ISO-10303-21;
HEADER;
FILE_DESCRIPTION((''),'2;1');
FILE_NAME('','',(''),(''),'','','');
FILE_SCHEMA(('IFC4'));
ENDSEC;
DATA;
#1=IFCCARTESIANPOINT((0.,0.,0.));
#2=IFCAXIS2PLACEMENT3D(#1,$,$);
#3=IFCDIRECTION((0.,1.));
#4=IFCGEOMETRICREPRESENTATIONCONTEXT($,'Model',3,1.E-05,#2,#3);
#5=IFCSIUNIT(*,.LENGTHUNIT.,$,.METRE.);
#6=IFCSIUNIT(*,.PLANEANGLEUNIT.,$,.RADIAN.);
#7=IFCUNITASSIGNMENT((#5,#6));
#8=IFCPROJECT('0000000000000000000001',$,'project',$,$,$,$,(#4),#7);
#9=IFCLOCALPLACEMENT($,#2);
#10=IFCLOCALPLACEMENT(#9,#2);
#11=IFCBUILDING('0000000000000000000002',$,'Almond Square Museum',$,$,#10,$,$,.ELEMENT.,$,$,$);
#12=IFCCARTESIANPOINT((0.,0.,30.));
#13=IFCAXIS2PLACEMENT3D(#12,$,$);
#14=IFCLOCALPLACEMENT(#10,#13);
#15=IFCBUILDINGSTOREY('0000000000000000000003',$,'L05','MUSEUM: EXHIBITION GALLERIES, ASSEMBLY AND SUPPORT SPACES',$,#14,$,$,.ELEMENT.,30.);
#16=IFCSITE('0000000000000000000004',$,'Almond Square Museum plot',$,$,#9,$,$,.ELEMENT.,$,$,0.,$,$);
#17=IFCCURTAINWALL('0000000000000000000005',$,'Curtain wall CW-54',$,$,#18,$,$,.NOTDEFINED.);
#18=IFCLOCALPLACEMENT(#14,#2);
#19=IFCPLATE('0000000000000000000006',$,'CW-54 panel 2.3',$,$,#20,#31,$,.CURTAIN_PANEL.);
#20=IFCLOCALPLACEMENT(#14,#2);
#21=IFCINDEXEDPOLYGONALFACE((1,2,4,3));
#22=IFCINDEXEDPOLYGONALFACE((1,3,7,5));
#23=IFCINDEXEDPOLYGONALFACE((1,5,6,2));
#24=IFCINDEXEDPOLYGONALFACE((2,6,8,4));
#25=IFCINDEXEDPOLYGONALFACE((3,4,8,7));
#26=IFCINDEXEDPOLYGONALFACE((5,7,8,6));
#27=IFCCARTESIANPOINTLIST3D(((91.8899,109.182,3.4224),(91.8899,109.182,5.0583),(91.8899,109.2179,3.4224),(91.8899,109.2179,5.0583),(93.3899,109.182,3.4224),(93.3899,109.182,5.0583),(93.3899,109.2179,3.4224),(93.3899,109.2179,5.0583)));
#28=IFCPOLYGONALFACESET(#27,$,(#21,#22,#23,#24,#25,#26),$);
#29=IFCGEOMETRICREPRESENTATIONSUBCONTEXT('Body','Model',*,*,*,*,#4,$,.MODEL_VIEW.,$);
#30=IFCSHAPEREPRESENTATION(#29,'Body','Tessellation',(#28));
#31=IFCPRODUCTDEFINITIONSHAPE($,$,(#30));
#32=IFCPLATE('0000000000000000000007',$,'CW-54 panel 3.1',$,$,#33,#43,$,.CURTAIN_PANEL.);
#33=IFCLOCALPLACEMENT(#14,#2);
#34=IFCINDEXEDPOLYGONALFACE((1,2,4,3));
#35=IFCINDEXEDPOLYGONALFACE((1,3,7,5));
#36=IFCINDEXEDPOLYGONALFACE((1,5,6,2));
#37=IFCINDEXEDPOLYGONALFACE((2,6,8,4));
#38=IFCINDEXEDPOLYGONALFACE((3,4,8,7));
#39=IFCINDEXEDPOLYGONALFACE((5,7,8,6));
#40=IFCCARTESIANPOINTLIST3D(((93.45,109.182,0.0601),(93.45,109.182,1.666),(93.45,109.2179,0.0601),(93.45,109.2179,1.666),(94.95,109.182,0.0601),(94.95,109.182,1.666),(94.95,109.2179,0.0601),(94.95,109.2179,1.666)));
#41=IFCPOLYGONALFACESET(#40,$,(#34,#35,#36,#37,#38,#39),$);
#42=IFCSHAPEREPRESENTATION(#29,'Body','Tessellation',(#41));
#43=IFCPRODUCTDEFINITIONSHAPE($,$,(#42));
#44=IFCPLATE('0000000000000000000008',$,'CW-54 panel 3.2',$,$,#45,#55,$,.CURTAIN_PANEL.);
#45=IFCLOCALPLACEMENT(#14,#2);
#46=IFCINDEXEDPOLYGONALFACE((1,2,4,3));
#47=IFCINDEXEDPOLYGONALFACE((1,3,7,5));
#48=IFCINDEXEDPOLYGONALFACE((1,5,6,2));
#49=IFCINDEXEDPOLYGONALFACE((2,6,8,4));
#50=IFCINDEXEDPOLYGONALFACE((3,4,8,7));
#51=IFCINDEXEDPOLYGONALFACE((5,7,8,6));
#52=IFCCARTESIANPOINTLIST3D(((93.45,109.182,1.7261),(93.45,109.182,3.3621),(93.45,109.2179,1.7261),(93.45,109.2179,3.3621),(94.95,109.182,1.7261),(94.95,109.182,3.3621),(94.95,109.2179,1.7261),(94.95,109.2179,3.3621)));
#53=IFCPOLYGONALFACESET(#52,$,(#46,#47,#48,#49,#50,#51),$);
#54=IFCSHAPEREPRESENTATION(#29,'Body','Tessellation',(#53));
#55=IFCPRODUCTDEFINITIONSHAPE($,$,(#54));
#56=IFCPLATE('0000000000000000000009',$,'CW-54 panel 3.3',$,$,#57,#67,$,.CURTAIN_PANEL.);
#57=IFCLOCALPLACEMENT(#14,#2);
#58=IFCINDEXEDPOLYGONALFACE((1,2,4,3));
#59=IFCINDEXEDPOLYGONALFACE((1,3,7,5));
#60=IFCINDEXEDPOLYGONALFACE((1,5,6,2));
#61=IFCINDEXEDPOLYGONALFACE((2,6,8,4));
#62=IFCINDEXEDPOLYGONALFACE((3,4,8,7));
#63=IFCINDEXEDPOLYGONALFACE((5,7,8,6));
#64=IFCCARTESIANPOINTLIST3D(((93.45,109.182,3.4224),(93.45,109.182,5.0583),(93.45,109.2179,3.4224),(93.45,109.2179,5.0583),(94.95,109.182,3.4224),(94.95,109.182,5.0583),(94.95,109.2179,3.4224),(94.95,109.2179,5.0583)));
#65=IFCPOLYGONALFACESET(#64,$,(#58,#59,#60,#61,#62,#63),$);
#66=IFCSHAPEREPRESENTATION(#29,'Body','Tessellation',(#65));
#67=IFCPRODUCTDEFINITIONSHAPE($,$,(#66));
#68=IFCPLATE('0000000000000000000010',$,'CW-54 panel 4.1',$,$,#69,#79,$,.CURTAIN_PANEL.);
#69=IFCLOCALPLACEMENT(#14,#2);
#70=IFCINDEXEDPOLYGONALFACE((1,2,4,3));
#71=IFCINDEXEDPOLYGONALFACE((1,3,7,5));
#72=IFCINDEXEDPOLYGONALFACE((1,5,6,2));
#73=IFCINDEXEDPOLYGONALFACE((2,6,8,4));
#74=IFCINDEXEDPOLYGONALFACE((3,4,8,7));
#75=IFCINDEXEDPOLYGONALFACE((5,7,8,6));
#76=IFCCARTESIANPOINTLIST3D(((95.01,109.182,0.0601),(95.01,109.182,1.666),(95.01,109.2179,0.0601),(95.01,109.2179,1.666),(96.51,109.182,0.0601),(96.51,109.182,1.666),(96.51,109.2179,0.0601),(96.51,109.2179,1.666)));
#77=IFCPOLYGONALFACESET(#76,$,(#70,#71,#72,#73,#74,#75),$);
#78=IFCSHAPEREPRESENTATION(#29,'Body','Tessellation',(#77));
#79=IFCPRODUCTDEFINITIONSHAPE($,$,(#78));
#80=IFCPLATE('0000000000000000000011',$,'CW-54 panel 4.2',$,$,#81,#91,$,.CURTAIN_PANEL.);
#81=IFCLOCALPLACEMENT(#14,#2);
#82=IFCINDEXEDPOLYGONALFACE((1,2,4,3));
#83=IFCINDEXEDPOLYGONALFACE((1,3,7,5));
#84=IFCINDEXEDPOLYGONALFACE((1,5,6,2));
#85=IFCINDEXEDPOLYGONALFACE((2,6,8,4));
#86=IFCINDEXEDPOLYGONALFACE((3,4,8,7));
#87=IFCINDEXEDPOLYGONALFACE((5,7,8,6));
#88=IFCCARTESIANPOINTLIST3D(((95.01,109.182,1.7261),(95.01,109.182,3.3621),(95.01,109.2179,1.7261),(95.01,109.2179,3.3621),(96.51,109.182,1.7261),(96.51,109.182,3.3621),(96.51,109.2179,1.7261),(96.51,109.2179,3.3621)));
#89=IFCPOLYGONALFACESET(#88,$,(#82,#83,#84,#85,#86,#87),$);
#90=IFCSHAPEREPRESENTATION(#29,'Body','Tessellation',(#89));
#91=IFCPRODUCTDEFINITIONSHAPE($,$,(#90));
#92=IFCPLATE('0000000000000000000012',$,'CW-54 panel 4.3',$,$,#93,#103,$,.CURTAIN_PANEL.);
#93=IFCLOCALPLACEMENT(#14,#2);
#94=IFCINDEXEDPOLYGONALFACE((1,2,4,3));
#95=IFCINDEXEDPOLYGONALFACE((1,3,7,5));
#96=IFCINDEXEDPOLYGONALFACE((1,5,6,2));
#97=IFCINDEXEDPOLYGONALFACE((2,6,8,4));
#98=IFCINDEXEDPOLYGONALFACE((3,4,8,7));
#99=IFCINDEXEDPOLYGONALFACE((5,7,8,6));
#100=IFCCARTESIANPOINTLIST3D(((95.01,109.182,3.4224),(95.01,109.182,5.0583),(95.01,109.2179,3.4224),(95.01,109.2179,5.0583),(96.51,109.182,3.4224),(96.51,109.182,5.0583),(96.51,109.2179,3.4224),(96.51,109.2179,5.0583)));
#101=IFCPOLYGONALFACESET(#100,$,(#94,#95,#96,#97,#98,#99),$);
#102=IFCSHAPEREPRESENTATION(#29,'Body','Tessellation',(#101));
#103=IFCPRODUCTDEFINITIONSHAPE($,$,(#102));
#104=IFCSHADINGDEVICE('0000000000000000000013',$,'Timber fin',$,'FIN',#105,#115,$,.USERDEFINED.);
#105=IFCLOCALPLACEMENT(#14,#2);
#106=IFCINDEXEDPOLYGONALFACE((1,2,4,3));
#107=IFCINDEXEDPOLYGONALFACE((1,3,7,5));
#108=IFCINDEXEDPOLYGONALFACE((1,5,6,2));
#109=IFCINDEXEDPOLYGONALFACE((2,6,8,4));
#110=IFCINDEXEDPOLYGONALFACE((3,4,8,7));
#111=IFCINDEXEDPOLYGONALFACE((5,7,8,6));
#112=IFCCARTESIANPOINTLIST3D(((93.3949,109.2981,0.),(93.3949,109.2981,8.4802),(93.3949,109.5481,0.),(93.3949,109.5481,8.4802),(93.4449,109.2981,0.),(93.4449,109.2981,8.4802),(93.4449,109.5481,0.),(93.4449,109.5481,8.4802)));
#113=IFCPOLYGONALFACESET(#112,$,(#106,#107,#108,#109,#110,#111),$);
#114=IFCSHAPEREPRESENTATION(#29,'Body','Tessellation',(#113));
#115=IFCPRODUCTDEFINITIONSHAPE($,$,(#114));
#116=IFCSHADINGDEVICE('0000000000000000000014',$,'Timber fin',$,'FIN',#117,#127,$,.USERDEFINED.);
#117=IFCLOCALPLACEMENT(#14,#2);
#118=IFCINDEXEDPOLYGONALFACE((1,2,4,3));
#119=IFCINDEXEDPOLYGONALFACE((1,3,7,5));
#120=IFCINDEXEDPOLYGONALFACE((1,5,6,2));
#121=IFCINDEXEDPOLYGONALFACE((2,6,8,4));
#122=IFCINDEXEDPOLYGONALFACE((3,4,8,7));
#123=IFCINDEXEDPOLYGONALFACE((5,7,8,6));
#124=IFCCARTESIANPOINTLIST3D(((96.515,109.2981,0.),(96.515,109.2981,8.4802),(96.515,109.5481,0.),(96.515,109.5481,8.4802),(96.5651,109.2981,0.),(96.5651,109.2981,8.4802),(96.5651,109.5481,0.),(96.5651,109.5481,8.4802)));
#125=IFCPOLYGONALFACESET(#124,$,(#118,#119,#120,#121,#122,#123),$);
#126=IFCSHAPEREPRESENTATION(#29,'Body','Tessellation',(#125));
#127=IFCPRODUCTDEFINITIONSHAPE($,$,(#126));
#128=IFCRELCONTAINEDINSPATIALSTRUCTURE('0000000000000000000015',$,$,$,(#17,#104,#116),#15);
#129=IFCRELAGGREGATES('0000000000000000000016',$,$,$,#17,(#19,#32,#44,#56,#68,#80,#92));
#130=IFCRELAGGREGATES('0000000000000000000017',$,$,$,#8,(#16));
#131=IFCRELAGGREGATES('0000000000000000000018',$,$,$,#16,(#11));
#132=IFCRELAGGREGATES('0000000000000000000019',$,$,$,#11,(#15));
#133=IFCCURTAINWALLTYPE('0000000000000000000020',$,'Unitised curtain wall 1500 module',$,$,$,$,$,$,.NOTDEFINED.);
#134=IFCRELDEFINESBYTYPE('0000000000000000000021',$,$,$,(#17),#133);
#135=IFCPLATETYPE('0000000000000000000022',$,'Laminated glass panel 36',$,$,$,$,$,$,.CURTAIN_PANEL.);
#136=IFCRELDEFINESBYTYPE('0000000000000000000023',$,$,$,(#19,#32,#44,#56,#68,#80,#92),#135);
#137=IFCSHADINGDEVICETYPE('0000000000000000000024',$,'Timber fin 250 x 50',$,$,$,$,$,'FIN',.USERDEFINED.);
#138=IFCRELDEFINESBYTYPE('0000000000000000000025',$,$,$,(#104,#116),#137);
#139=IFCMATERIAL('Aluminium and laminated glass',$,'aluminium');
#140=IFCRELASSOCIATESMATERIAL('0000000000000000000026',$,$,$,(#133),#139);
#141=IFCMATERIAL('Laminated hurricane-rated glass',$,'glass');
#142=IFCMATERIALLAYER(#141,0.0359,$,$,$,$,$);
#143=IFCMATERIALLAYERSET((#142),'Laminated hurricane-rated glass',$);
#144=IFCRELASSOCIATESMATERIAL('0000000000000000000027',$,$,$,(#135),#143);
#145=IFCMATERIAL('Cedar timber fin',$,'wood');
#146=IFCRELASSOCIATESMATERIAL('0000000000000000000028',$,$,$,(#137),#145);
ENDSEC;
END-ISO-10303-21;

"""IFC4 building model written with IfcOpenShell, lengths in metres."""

from ifc_helpers import new_model, si_unit, direction, frame, origin, origin_2d, place, context, subcontext, project, spatial, rectangle, extrude, material, layer, layer_set, material_profile, profile_set, type_object, element, aggregate, save


model = new_model("IFC4")

# Units and contexts
model_context = context("Model", 3, precision=1e-05, world=origin(), true_north=direction((0.0, 1.0)))
body_context = subcontext(model_context, "Body", "Model", "MODEL_VIEW")
ifc_project = project(units=[si_unit("LENGTHUNIT", "METRE"), si_unit("PLANEANGLEUNIT", "RADIAN")], contexts=[model_context])

# Site, building, storey
site_placement = place(None, origin())
site = spatial("IfcSite", under=ifc_project, at=site_placement, Name="Almond Square Museum plot", CompositionType="ELEMENT", RefElevation=0.0)
building_placement = place(site_placement, origin())
building = spatial("IfcBuilding", under=site, at=building_placement, Name="Almond Square Museum", CompositionType="ELEMENT")
storey_placement = place(building_placement, frame((0.0, 0.0, 30.0)))
storey = spatial("IfcBuildingStorey", under=building, at=storey_placement, Name="L05", Description="MUSEUM: EXHIBITION GALLERIES, ASSEMBLY AND SUPPORT SPACES", CompositionType="ELEMENT", Elevation=30.0)

# Curtain wall, plates
ifc_material_1 = material(Name="Aluminium and laminated glass", Category="aluminium")
curtain_wall_type = type_object("IfcCurtainWallType", Name="Unitised curtain wall 1500 module", PredefinedType="NOTDEFINED", material=ifc_material_1)
curtain_wall_placement = place(storey_placement, origin())
curtain_wall = element("IfcCurtainWall", 1, at=curtain_wall_placement, inside=storey, type_object=curtain_wall_type, Name="Curtain wall CW-54", PredefinedType="NOTDEFINED")
ifc_material_2 = material(Name="Laminated hurricane-rated glass", Category="glass")
ifc_layer = layer(ifc_material_2, 0.0359)
ifc_layer_set = layer_set([ifc_layer], Name="Laminated hurricane-rated glass")
plate_type = type_object("IfcPlateType", Name="Laminated glass panel 36", PredefinedType="CURTAIN_PANEL", material=ifc_layer_set)
plate_1_placement = place(storey_placement, frame((92.6399, 109.2, 3.4224), z_axis=(0.0, 0.0, 1.0), x_axis=(1.0, 0.0, 0.0)))
plate_1 = element("IfcPlate", 2, at=plate_1_placement, type_object=plate_type, Name="CW-54 panel 2.3", PredefinedType="CURTAIN_PANEL", context=body_context, shape_type="SweptSolid", body=[
    extrude(rectangle(XDim=1.5, YDim=0.0359, at=origin_2d()), origin(), (0.0, 0.0, 1.0), 1.636),
])
plate_2_placement = place(storey_placement, frame((94.2, 109.2, 0.0601), z_axis=(0.0, 0.0, 1.0), x_axis=(1.0, 0.0, 0.0)))
plate_2 = element("IfcPlate", 3, at=plate_2_placement, type_object=plate_type, Name="CW-54 panel 3.1", PredefinedType="CURTAIN_PANEL", context=body_context, shape_type="SweptSolid", body=[
    extrude(rectangle(XDim=1.5, YDim=0.0359, at=origin_2d()), origin(), (0.0, 0.0, 1.0), 1.606),
])
plate_3_placement = place(storey_placement, frame((94.2, 109.2, 1.7261), z_axis=(0.0, 0.0, 1.0), x_axis=(1.0, 0.0, 0.0)))
plate_3 = element("IfcPlate", 4, at=plate_3_placement, type_object=plate_type, Name="CW-54 panel 3.2", PredefinedType="CURTAIN_PANEL", context=body_context, shape_type="SweptSolid", body=[
    extrude(rectangle(XDim=1.5, YDim=0.0359, at=origin_2d()), origin(), (0.0, 0.0, 1.0), 1.636),
])
plate_4_placement = place(storey_placement, frame((94.2, 109.2, 3.4224), z_axis=(0.0, 0.0, 1.0), x_axis=(1.0, 0.0, 0.0)))
plate_4 = element("IfcPlate", 5, at=plate_4_placement, type_object=plate_type, Name="CW-54 panel 3.3", PredefinedType="CURTAIN_PANEL", context=body_context, shape_type="SweptSolid", body=[
    extrude(rectangle(XDim=1.5, YDim=0.0359, at=origin_2d()), origin(), (0.0, 0.0, 1.0), 1.636),
])
plate_5_placement = place(storey_placement, frame((95.76, 109.2, 0.0601), z_axis=(0.0, 0.0, 1.0), x_axis=(1.0, 0.0, 0.0)))
plate_5 = element("IfcPlate", 6, at=plate_5_placement, type_object=plate_type, Name="CW-54 panel 4.1", PredefinedType="CURTAIN_PANEL", context=body_context, shape_type="SweptSolid", body=[
    extrude(rectangle(XDim=1.5, YDim=0.0359, at=origin_2d()), origin(), (0.0, 0.0, 1.0), 1.606),
])
plate_6_placement = place(storey_placement, frame((95.76, 109.2, 1.7261), z_axis=(0.0, 0.0, 1.0), x_axis=(1.0, 0.0, 0.0)))
plate_6 = element("IfcPlate", 7, at=plate_6_placement, type_object=plate_type, Name="CW-54 panel 4.2", PredefinedType="CURTAIN_PANEL", context=body_context, shape_type="SweptSolid", body=[
    extrude(rectangle(XDim=1.5, YDim=0.0359, at=origin_2d()), origin(), (0.0, 0.0, 1.0), 1.636),
])
plate_7_placement = place(storey_placement, frame((95.76, 109.2, 3.4224), z_axis=(0.0, 0.0, 1.0), x_axis=(1.0, 0.0, 0.0)))
plate_7 = element("IfcPlate", 8, at=plate_7_placement, type_object=plate_type, Name="CW-54 panel 4.3", PredefinedType="CURTAIN_PANEL", context=body_context, shape_type="SweptSolid", body=[
    extrude(rectangle(XDim=1.5, YDim=0.0359, at=origin_2d()), origin(), (0.0, 0.0, 1.0), 1.636),
])
aggregate(curtain_wall, [plate_1, plate_2, plate_3, plate_4, plate_5, plate_6, plate_7])

# Shading devices
ifc_material_3 = material(Name="Cedar timber fin", Category="wood")
ifc_material_profile_1 = material_profile(ifc_material_3, rectangle(XDim=0.25, YDim=0.05, at=origin_2d()))
ifc_profile_set_1 = profile_set([ifc_material_profile_1], Name="Cedar timber fin")
shading_device_type = type_object("IfcShadingDeviceType", Name="Timber fin 250 x 50", ElementType="FIN", PredefinedType="USERDEFINED", material=ifc_profile_set_1)
for number, where, z_axis, x_axis, name in (
    (9, (93.4199, 109.4231, 0.0), (0.0, 0.0, 1.0), (0.0, 1.0, 0.0), "Timber fin"),
    (10, (96.54, 109.4231, 0.0), (0.0, 0.0, 1.0), (0.0, 1.0, 0.0), "Timber fin"),
):
    element("IfcShadingDevice", number, at=place(storey_placement, frame(where, z_axis=z_axis, x_axis=x_axis)), inside=storey, type_object=shading_device_type, Name=name, ObjectType="FIN", PredefinedType="USERDEFINED", context=body_context, shape_type="SweptSolid", body=[
        extrude(rectangle(XDim=0.25, YDim=0.05, at=origin_2d()), origin(), (0.0, 0.0, 1.0), 8.4802),
    ])

save(model, "model.ifc")
